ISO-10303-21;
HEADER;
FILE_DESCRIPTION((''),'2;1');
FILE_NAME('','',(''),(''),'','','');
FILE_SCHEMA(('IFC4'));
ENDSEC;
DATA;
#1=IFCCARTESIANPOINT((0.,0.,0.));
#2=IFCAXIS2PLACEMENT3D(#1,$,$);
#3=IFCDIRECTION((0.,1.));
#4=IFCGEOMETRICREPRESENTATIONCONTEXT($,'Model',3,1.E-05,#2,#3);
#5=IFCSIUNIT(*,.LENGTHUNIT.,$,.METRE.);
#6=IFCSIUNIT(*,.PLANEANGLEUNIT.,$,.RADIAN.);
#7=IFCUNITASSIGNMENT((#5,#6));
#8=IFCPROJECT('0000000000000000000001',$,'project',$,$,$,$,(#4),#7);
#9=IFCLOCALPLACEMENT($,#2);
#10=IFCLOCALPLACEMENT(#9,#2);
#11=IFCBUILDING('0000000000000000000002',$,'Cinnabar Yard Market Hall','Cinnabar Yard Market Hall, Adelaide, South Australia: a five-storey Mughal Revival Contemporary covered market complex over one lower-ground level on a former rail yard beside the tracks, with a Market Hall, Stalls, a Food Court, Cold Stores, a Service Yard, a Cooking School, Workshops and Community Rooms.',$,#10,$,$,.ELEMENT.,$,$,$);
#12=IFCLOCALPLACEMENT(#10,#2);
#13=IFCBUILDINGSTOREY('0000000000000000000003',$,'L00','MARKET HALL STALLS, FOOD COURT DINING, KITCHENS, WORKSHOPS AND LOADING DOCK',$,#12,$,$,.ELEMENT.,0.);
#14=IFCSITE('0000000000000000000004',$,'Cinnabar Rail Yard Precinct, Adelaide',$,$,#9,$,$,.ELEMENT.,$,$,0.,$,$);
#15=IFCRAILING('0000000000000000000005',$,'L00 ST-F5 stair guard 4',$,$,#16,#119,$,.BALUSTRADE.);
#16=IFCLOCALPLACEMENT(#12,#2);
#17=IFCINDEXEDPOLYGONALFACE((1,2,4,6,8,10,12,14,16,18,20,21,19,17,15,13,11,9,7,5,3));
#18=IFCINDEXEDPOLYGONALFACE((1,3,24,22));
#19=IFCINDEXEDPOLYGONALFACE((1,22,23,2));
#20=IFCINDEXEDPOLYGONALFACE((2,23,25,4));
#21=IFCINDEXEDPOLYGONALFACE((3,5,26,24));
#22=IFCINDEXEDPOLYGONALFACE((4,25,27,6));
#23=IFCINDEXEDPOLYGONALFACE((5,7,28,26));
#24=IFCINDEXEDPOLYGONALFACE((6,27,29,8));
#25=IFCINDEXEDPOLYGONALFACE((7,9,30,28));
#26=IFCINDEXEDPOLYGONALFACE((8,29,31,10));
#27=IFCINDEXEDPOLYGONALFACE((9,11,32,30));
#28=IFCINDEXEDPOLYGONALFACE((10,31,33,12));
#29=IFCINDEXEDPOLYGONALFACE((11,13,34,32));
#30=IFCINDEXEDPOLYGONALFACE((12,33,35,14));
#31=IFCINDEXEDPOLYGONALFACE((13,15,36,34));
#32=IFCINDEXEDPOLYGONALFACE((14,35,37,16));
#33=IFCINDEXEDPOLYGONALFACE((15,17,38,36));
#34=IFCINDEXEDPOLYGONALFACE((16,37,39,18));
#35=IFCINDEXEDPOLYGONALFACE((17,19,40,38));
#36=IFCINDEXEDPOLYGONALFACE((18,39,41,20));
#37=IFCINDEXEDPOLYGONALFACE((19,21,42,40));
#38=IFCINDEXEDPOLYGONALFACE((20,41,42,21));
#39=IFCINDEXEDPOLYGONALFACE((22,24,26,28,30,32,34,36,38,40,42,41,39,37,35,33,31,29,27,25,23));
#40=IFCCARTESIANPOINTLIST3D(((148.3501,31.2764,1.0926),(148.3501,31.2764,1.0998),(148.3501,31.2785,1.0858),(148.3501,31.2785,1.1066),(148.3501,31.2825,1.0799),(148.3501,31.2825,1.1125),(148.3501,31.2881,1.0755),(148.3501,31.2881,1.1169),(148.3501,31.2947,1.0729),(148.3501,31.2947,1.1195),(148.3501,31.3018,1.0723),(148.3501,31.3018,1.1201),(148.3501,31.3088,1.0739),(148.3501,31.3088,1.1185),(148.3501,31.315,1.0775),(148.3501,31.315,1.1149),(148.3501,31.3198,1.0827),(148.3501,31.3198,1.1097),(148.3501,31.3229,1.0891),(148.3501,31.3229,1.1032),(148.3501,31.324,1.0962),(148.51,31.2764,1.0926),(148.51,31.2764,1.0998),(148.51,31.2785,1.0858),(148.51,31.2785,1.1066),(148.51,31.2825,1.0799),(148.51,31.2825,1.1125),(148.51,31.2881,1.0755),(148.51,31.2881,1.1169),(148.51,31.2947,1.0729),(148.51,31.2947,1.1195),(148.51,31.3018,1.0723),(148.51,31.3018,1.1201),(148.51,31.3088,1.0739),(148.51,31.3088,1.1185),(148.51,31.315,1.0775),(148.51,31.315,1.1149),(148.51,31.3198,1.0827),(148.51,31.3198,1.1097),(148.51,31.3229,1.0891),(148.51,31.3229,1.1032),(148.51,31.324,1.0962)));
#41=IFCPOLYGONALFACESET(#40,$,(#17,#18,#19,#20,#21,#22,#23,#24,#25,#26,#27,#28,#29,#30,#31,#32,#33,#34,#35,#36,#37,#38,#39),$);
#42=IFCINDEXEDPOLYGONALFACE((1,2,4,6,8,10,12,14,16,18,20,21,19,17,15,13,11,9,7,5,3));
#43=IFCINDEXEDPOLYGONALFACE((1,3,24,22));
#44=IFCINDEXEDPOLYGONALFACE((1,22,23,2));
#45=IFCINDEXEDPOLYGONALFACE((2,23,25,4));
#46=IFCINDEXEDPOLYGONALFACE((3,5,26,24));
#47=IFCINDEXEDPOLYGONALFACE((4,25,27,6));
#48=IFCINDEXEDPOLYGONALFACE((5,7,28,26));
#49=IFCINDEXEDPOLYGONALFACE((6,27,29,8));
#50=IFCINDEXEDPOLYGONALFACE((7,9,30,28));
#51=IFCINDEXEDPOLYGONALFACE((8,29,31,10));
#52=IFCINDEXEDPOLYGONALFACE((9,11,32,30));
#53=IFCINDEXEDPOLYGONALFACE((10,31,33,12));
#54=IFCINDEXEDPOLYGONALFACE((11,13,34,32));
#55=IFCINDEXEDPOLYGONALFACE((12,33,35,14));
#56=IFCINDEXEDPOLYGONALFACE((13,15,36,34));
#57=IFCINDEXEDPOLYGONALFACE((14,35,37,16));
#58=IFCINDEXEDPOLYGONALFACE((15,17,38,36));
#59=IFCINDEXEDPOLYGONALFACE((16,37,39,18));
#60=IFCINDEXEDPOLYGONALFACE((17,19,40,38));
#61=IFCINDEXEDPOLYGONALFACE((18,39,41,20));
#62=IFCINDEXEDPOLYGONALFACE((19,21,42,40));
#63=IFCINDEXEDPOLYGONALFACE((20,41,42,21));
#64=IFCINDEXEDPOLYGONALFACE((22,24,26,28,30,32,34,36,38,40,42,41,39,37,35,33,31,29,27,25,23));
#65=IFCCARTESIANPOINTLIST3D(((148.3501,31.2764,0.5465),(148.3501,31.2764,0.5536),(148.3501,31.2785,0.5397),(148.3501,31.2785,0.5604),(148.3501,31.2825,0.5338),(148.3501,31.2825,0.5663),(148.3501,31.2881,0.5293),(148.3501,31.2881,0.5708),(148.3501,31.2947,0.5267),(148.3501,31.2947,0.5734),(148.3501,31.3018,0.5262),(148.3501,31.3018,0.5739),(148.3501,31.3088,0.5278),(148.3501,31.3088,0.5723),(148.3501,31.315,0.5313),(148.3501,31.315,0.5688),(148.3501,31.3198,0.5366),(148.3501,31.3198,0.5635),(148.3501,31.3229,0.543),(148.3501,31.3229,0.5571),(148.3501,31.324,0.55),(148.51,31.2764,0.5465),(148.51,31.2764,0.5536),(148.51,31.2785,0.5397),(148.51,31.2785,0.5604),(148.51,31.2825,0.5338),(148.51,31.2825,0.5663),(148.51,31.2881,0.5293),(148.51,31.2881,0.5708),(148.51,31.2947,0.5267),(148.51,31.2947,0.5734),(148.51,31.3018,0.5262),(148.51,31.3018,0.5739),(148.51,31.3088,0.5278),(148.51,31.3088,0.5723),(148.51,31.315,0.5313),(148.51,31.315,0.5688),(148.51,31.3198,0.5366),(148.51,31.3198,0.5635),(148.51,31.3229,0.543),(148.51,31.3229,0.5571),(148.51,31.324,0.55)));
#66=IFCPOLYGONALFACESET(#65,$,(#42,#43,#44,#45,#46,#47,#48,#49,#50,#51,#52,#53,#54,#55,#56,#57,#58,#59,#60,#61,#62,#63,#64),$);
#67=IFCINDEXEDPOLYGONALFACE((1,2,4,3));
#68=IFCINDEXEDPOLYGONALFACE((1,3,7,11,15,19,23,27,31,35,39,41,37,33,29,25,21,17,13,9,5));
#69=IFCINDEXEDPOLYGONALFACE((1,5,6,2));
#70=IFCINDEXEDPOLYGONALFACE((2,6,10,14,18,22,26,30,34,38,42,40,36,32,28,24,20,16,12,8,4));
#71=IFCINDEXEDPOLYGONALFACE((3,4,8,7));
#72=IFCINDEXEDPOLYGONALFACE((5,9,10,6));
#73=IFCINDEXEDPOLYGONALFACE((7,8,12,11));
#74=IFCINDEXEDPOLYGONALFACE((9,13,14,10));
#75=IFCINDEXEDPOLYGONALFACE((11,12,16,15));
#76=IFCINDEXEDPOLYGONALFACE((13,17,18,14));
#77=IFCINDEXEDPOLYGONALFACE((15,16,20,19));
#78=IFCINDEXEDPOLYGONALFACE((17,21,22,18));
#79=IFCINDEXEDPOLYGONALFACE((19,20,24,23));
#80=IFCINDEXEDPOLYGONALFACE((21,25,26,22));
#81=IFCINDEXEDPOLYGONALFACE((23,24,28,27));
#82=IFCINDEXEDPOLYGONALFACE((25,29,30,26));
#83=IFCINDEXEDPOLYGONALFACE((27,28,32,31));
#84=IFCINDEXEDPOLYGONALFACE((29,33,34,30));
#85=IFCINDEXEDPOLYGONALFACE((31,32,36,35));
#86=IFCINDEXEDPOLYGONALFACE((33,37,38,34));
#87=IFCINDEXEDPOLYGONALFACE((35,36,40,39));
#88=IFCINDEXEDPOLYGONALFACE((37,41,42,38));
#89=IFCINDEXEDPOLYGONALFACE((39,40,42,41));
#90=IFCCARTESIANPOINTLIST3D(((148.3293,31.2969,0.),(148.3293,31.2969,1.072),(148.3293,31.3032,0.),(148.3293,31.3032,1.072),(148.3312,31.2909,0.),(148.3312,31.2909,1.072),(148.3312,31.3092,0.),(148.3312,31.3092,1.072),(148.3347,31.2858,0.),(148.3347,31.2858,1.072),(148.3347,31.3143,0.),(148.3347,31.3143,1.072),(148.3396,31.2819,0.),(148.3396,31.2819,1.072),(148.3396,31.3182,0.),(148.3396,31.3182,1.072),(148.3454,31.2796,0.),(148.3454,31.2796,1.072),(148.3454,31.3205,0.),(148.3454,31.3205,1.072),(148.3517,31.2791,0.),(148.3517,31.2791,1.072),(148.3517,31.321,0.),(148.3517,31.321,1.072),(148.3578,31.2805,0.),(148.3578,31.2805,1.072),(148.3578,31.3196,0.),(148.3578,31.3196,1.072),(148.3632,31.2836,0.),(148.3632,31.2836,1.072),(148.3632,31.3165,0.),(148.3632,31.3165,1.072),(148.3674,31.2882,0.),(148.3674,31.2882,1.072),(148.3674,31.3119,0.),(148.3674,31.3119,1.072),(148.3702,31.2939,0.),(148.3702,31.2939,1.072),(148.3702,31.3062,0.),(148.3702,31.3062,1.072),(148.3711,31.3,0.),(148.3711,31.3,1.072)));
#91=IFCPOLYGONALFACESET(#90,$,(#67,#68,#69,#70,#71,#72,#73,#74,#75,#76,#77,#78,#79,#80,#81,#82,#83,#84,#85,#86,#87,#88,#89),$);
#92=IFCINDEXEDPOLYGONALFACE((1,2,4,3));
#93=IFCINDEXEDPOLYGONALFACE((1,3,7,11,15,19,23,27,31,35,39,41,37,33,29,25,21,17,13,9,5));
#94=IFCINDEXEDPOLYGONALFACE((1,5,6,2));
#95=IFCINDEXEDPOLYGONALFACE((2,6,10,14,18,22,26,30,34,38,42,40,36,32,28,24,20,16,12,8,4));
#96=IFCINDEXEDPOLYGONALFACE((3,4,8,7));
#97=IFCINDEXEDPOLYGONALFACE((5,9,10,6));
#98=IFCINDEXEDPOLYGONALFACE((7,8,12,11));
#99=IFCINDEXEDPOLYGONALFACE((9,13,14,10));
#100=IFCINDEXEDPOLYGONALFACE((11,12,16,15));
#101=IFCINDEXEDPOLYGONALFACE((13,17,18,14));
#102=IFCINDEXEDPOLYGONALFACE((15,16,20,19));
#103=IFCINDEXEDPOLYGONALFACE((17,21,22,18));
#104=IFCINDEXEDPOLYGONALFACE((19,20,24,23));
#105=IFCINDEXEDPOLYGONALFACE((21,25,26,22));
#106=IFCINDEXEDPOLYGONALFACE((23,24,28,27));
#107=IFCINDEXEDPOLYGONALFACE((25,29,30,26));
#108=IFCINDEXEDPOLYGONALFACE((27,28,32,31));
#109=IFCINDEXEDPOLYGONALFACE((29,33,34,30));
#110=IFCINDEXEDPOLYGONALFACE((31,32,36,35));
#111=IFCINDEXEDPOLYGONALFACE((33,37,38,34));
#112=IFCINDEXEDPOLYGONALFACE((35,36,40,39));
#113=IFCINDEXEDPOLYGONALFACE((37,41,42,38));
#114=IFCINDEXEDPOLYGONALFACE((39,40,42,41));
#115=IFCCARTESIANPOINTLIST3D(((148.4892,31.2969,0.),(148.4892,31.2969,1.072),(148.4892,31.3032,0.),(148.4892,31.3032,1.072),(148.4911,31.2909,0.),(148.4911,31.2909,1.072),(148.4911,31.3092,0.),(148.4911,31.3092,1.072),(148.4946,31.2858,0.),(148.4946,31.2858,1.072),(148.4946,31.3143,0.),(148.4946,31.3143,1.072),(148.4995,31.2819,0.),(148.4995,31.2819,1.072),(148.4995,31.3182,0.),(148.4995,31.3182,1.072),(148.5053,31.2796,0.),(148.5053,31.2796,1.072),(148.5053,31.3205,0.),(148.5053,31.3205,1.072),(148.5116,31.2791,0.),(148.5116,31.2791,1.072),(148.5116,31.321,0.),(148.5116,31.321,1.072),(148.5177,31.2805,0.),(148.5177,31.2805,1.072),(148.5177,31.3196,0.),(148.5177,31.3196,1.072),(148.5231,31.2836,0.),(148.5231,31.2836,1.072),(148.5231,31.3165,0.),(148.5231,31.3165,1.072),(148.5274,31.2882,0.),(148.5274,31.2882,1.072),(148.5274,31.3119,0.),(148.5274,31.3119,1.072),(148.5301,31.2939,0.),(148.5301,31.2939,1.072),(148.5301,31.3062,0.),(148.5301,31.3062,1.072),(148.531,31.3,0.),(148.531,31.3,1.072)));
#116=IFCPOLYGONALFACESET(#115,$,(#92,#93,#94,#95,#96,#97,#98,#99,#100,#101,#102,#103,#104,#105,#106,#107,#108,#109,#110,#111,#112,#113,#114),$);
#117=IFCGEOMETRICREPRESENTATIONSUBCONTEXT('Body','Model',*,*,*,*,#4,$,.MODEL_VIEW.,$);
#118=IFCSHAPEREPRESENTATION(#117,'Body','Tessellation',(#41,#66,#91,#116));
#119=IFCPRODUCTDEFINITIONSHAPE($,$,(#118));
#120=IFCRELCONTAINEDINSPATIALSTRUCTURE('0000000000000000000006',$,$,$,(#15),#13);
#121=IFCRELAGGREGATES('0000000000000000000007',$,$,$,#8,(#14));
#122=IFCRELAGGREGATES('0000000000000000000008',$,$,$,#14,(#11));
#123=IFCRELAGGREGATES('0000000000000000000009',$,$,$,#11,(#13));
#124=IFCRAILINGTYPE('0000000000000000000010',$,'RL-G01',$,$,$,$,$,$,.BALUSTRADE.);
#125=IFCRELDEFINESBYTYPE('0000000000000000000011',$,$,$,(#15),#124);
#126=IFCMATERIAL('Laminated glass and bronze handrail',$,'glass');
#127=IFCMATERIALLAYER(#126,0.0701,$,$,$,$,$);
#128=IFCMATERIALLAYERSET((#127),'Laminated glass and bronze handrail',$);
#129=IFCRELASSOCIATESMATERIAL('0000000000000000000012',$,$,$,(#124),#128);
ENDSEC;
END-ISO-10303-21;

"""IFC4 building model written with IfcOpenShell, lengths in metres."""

from ifc_helpers import new_model, si_unit, direction, frame, origin, origin_2d_with_axis, place, context, subcontext, project, spatial, circle, extrude, material, layer, layer_set, type_object, element, save


model = new_model("IFC4")

# Units and contexts
model_context = context("Model", 3, precision=1e-05, world=origin(), true_north=direction((0.0, 1.0)))
body_context = subcontext(model_context, "Body", "Model", "MODEL_VIEW")
ifc_project = project(units=[si_unit("LENGTHUNIT", "METRE"), si_unit("PLANEANGLEUNIT", "RADIAN")], contexts=[model_context])

# Site, building, storey
site_placement = place(None, origin())
site = spatial("IfcSite", under=ifc_project, at=site_placement, Name="Cinnabar Rail Yard Precinct, Adelaide", CompositionType="ELEMENT", RefElevation=0.0)
building_placement = place(site_placement, origin())
building = spatial("IfcBuilding", under=site, at=building_placement, Name="Cinnabar Yard Market Hall", Description="Cinnabar Yard Market Hall, Adelaide, South Australia: a five-storey Mughal Revival Contemporary covered market complex over one lower-ground level on a former rail yard beside the tracks, with a Market Hall, Stalls, a Food Court, Cold Stores, a Service Yard, a Cooking School, Workshops and Community Rooms.", CompositionType="ELEMENT")
storey_placement = place(building_placement, origin())
storey = spatial("IfcBuildingStorey", under=building, at=storey_placement, Name="L00", Description="MARKET HALL STALLS, FOOD COURT DINING, KITCHENS, WORKSHOPS AND LOADING DOCK", CompositionType="ELEMENT", Elevation=0.0)

# Railing
ifc_material_1 = material(Name="Laminated glass and bronze handrail", Category="glass")
ifc_layer_1 = layer(ifc_material_1, 0.0701)
ifc_layer_set_1 = layer_set([ifc_layer_1], Name="Laminated glass and bronze handrail")
railing_type_1 = type_object("IfcRailingType", Name="RL-G01", PredefinedType="BALUSTRADE", material=ifc_layer_set_1)
railing_1_placement = place(storey_placement, frame((148.3501, 31.3, 0.0)))
element("IfcRailing", 1, at=railing_1_placement, inside=storey, type_object=railing_type_1, Name="L00 ST-F5 stair guard 4", PredefinedType="BALUSTRADE", context=body_context, shape_type="SweptSolid", body=[
    extrude(circle(Radius=0.0239, at=origin_2d_with_axis()), frame((0.0, 0.0, 1.0962), z_axis=(1.0, 0.0, 0.0), x_axis=(0.0, 1.0, 0.0)), (0.0, 0.0, 1.0), 0.1599),
    extrude(circle(Radius=0.0239, at=origin_2d_with_axis()), frame((0.0, 0.0, 0.55), z_axis=(1.0, 0.0, 0.0), x_axis=(0.0, 1.0, 0.0)), (0.0, 0.0, 1.0), 0.1599),
    extrude(circle(Radius=0.021, at=origin_2d_with_axis()), origin(), (0.0, 0.0, 1.0), 1.072),
    extrude(circle(Radius=0.021, at=origin_2d_with_axis()), frame((0.1599, 0.0, 0.0)), (0.0, 0.0, 1.0), 1.072),
])

save(model, "model.ifc")
